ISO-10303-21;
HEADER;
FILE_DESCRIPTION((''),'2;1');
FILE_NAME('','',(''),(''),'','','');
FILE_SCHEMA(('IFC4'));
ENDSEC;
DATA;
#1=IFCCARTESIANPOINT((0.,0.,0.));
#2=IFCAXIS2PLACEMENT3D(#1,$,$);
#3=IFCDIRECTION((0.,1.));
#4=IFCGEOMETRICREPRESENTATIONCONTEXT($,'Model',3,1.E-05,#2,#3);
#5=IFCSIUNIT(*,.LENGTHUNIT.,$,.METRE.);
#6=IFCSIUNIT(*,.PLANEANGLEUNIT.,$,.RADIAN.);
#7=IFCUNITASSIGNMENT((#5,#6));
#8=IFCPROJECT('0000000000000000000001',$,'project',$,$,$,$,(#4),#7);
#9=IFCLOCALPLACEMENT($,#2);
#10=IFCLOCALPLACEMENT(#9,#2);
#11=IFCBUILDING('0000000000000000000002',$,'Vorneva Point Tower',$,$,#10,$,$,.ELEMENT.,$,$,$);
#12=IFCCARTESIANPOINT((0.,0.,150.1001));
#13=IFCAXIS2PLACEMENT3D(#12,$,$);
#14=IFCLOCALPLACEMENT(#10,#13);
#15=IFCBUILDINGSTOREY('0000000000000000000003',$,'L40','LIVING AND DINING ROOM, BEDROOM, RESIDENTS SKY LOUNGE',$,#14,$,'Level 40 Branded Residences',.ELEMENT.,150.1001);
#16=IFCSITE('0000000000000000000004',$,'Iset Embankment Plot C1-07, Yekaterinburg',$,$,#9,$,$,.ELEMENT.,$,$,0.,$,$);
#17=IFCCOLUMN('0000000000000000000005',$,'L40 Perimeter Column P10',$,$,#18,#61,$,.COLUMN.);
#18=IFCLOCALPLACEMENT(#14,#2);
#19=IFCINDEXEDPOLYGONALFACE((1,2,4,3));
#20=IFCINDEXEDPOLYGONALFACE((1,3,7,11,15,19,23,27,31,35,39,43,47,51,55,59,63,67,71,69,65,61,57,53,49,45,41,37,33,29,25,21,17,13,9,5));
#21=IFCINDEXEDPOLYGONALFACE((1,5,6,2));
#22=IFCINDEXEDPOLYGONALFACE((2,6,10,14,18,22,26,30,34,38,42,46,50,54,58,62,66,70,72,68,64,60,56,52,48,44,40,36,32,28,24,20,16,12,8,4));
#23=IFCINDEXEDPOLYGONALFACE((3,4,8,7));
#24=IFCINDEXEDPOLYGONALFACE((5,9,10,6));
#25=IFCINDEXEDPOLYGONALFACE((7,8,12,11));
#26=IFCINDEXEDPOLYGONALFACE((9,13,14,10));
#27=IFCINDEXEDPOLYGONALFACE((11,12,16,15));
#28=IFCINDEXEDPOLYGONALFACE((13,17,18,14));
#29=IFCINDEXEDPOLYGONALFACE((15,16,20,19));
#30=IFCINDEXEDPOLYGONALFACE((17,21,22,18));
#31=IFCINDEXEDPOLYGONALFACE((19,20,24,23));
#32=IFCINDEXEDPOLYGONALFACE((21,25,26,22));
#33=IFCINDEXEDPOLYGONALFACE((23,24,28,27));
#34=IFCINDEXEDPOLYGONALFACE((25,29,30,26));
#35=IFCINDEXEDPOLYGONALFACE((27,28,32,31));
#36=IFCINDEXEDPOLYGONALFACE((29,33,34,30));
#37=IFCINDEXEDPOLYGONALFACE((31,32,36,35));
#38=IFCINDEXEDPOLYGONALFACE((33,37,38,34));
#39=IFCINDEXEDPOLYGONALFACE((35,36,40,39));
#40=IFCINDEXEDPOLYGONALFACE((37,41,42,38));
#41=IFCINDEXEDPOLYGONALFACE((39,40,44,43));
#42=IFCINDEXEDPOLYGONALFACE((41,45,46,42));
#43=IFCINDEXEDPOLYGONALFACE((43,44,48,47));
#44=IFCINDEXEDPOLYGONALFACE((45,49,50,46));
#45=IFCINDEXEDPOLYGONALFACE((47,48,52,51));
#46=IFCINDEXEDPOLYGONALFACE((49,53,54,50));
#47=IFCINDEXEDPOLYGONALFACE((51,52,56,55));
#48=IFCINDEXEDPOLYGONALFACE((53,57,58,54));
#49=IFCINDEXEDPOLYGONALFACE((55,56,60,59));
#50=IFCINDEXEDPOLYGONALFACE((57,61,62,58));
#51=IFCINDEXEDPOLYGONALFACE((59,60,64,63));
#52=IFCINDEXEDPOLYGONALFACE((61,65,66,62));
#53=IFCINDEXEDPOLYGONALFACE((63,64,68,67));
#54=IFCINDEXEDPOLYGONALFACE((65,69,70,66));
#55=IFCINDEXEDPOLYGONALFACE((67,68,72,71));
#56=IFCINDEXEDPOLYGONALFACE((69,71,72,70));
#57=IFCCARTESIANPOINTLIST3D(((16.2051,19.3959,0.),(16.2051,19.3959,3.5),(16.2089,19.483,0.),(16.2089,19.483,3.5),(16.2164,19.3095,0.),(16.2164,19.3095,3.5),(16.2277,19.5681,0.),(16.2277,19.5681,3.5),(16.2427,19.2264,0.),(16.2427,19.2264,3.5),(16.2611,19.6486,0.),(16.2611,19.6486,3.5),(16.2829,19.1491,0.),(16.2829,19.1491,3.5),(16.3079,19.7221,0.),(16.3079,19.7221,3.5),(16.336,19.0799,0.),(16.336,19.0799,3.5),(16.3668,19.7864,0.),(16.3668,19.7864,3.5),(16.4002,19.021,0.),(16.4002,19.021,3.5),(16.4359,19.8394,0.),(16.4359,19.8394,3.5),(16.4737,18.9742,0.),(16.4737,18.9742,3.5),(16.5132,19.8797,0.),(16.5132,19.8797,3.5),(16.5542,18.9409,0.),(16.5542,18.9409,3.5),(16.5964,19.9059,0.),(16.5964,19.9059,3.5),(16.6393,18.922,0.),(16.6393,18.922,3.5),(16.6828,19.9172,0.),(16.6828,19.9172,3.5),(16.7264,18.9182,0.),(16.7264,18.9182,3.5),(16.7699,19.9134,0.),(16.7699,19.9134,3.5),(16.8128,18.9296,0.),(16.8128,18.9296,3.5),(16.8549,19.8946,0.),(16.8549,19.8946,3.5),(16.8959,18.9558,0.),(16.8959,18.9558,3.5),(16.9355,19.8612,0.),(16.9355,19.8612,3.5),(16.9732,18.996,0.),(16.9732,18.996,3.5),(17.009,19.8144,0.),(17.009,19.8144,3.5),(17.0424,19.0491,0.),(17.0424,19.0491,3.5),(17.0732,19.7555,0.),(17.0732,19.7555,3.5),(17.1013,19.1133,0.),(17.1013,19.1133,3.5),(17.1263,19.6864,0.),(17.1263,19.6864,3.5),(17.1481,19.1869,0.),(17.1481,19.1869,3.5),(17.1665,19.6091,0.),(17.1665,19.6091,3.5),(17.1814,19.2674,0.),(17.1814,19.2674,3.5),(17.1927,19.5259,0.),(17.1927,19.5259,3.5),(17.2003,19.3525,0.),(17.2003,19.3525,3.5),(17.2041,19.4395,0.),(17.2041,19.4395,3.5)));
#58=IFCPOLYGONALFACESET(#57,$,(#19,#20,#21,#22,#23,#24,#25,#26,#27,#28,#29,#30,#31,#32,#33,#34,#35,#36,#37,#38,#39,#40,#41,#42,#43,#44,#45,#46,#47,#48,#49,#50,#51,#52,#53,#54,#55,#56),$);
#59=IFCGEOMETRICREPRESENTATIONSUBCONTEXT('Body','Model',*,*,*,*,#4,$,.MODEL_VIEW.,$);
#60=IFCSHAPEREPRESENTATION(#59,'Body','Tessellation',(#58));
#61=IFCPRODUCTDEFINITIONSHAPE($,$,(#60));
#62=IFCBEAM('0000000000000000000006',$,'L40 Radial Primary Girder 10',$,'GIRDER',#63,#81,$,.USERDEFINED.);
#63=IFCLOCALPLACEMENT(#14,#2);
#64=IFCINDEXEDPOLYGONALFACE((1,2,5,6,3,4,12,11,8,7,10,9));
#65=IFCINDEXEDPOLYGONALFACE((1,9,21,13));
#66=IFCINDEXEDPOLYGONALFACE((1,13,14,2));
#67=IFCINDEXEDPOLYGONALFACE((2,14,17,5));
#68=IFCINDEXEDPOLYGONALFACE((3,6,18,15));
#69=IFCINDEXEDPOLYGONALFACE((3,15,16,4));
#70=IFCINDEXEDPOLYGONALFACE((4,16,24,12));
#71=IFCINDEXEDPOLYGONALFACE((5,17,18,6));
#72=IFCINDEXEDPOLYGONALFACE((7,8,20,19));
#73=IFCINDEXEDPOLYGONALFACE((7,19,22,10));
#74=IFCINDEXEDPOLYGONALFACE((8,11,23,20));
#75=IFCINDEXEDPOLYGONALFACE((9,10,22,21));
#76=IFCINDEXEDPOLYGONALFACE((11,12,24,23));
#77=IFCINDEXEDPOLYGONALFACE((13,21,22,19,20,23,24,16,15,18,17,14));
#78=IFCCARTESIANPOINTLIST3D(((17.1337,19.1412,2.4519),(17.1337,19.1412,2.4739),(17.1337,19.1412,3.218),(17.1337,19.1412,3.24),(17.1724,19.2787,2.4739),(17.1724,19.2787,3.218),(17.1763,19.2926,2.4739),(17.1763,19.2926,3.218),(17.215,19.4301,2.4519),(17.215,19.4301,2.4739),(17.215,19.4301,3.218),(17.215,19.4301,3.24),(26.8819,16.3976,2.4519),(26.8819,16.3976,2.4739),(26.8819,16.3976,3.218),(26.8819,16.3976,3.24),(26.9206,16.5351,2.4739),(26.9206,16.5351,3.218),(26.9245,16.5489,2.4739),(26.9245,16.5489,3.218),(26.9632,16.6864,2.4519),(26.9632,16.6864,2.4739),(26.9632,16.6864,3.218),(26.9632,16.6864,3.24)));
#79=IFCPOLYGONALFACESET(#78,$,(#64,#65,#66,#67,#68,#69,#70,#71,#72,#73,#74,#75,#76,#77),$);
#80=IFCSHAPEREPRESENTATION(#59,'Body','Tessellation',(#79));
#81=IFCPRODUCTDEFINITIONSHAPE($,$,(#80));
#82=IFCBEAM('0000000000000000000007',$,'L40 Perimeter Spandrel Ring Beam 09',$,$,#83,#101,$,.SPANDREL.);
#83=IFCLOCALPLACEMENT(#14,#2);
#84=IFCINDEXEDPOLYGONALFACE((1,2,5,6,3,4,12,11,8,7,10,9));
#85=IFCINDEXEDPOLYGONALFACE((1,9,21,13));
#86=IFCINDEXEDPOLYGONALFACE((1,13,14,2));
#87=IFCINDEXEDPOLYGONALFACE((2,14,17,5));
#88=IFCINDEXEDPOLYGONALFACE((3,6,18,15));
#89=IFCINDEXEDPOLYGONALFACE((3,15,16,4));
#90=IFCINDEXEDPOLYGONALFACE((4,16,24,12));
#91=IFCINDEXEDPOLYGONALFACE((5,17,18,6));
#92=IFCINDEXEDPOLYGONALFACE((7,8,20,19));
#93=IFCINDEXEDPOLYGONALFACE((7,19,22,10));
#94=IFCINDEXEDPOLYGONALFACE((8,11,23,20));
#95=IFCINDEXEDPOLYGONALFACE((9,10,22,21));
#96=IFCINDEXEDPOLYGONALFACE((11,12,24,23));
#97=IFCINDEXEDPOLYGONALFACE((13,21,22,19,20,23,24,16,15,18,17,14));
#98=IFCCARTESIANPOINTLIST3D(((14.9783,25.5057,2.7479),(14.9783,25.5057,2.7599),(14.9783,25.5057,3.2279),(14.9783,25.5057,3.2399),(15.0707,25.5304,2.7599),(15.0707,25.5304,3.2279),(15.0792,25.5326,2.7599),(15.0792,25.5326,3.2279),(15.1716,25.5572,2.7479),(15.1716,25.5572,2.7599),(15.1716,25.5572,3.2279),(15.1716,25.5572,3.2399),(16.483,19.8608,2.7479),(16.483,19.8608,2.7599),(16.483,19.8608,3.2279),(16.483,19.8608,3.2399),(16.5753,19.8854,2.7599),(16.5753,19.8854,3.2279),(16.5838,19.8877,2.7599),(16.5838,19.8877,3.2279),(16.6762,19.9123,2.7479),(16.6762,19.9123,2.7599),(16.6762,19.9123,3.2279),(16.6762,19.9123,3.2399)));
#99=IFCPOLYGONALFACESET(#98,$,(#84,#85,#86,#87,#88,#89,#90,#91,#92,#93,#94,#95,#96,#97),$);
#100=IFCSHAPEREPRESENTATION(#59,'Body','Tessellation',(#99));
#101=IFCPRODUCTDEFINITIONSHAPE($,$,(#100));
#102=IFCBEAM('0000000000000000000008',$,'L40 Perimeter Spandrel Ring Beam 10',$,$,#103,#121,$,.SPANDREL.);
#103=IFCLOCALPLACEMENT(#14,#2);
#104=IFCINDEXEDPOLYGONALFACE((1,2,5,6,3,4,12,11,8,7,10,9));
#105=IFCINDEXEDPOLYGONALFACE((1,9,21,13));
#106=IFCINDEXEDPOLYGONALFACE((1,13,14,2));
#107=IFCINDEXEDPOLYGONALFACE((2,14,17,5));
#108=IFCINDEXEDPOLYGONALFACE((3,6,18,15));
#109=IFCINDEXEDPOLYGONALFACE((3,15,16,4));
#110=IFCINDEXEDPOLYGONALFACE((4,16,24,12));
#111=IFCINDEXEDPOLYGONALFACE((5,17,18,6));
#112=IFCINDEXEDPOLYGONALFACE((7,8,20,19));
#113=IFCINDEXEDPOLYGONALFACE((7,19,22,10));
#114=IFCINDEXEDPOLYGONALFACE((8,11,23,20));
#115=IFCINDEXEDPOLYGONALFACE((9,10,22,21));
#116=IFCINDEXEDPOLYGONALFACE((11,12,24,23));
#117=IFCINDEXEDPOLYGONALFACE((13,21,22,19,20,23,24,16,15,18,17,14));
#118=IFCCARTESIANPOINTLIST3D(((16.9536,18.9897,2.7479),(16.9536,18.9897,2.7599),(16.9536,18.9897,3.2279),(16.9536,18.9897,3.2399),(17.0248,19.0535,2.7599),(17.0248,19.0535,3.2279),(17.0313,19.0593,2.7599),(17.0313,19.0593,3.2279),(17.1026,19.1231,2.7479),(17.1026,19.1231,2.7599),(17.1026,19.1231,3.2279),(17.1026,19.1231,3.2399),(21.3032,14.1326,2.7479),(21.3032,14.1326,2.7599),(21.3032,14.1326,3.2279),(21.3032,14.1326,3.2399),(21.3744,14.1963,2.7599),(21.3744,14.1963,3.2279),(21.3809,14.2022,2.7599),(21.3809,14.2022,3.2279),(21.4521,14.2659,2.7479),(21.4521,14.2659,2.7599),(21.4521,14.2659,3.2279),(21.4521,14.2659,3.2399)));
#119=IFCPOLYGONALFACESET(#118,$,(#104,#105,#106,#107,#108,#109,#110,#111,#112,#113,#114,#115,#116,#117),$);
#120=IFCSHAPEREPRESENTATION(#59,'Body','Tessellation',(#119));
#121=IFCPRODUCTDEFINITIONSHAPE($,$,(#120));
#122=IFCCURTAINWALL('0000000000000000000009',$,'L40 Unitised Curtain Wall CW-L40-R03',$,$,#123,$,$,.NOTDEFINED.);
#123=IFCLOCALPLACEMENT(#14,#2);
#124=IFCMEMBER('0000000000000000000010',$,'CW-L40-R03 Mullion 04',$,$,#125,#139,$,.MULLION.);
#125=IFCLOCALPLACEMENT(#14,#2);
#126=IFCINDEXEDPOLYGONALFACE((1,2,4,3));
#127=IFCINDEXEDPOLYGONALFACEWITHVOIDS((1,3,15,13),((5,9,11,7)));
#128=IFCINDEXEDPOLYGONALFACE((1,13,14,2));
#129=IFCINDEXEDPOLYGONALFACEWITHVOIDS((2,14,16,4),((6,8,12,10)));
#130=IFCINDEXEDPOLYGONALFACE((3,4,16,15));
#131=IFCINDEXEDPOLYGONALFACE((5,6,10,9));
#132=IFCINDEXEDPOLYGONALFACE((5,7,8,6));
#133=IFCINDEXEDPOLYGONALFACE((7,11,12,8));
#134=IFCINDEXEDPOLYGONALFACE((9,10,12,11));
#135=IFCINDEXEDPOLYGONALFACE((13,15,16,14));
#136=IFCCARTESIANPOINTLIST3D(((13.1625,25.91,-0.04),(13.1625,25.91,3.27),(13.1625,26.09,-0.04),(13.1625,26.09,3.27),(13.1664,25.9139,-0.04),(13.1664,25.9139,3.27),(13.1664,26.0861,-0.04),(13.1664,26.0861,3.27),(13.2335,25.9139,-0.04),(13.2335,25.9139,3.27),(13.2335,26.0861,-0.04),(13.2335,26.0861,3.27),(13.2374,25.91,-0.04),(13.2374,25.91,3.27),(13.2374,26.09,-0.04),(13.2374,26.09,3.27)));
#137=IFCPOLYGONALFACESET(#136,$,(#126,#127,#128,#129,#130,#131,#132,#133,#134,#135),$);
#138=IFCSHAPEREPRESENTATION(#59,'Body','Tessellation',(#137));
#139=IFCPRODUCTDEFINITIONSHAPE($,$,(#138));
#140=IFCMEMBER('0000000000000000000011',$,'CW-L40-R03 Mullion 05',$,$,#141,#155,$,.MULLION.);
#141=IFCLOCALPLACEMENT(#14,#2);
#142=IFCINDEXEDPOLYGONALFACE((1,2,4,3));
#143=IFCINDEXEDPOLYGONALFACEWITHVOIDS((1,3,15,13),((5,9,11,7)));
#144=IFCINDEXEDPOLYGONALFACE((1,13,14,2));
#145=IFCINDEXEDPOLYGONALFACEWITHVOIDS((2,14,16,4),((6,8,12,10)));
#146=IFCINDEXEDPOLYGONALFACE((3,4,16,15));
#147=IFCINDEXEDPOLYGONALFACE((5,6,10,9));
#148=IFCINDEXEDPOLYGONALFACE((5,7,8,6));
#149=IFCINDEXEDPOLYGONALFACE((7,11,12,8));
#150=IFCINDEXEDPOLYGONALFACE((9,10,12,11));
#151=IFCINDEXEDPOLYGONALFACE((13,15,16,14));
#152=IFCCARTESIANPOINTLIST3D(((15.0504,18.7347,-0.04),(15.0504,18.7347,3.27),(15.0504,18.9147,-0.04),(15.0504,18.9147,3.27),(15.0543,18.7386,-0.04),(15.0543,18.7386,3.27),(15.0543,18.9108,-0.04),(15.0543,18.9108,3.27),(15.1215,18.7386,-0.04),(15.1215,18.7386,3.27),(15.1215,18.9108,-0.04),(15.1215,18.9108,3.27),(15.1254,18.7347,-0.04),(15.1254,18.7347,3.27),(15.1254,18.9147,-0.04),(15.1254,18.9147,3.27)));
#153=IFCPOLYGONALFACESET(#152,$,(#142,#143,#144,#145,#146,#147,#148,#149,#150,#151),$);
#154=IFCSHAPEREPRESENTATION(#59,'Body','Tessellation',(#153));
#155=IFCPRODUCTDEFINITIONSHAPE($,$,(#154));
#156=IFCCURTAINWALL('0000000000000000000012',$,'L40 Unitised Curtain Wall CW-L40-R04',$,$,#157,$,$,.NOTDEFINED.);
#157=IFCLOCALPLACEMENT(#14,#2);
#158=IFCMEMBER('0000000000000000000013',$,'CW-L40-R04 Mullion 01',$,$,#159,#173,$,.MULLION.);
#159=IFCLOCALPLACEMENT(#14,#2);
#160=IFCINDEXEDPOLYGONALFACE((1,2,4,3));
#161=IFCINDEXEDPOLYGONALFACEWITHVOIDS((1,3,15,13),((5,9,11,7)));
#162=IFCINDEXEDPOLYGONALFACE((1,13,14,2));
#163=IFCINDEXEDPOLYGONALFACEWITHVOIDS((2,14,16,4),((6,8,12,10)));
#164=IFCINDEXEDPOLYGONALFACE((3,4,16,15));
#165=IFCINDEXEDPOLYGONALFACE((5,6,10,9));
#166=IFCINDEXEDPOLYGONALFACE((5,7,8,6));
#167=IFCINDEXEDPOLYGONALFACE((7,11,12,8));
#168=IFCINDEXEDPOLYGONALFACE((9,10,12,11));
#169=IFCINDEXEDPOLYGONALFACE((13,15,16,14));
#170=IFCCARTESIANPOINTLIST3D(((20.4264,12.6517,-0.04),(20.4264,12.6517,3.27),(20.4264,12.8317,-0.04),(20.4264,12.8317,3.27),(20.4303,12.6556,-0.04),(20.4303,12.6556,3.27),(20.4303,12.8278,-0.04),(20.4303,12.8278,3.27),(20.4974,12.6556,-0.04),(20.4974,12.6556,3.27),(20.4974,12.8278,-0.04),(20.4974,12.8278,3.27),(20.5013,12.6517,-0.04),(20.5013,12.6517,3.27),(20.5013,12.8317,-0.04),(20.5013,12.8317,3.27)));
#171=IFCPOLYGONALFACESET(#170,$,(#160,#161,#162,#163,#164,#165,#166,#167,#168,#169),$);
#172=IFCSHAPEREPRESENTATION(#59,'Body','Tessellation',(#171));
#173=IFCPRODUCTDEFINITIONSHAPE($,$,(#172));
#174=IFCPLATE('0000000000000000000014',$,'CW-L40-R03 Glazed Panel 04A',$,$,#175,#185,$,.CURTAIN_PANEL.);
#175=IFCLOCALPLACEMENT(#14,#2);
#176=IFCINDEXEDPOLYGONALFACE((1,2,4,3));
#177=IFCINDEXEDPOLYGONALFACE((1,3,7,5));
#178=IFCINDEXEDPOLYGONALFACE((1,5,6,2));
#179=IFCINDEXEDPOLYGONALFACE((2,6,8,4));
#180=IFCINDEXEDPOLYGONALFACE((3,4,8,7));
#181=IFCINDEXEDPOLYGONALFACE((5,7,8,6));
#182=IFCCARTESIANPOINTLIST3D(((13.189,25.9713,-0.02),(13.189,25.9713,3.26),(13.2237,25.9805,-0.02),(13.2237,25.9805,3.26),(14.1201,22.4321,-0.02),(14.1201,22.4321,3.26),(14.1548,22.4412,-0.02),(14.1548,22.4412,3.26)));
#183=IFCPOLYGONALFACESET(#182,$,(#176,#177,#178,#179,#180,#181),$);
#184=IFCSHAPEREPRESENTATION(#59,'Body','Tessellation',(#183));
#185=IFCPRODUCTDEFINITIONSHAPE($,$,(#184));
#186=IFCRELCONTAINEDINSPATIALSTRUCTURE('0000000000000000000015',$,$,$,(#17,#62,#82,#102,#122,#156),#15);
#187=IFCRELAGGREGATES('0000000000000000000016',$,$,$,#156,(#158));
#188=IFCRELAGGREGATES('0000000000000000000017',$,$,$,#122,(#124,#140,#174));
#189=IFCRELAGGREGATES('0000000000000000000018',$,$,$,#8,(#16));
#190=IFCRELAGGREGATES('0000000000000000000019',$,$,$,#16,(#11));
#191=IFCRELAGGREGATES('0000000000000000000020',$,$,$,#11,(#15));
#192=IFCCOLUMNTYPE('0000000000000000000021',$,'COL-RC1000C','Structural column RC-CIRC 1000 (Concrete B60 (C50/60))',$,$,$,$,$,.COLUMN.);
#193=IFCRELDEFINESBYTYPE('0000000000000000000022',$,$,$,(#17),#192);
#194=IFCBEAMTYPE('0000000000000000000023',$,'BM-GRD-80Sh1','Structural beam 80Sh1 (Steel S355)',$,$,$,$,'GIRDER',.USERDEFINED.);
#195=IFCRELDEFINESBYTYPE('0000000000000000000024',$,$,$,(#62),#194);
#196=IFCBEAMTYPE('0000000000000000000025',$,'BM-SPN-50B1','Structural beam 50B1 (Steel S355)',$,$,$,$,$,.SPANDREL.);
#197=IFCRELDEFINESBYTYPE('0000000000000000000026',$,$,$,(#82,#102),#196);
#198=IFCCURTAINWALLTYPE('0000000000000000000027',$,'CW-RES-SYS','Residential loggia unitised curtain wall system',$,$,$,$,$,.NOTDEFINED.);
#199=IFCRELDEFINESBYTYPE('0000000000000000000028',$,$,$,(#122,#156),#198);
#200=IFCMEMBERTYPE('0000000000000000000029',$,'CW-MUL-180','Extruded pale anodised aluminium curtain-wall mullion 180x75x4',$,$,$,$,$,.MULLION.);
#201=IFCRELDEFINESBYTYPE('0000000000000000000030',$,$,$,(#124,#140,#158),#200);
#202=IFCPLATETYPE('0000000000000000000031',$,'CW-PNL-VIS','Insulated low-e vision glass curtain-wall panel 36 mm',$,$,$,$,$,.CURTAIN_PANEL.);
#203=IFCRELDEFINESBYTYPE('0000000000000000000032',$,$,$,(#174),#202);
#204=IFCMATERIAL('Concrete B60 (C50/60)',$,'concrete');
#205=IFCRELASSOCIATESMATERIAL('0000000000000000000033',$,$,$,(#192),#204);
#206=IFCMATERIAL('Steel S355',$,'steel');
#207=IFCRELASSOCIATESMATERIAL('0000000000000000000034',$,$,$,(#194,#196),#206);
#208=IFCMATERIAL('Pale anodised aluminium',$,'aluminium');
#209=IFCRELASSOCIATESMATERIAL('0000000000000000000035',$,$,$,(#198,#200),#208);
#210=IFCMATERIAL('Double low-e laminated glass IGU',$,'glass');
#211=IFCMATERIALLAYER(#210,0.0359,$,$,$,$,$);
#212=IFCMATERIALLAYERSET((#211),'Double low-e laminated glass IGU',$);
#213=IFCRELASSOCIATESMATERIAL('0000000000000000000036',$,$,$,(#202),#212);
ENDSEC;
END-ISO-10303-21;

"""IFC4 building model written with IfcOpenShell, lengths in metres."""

from ifc_helpers import new_model, si_unit, direction, frame, origin, origin_2d, place, context, subcontext, project, spatial, rectangle, hollow_rectangle, circle, i_section, extrude, material, layer, layer_set, material_profile, profile_set, type_object, element, aggregate, save


model = new_model("IFC4")

# Units and contexts
model_context = context("Model", 3, precision=1e-05, world=origin(), true_north=direction((0.0, 1.0)))
body_context = subcontext(model_context, "Body", "Model", "MODEL_VIEW")
ifc_project = project(units=[si_unit("LENGTHUNIT", "METRE"), si_unit("PLANEANGLEUNIT", "RADIAN")], contexts=[model_context])

# Site, building, storey
site_placement = place(None, origin())
site = spatial("IfcSite", under=ifc_project, at=site_placement, Name="Iset Embankment Plot C1-07, Yekaterinburg", CompositionType="ELEMENT", RefElevation=0.0)
building_placement = place(site_placement, origin())
building = spatial("IfcBuilding", under=site, at=building_placement, Name="Vorneva Point Tower", CompositionType="ELEMENT")
storey_placement = place(building_placement, frame((0.0, 0.0, 150.1001)))
storey = spatial("IfcBuildingStorey", under=building, at=storey_placement, Name="L40", Description="LIVING AND DINING ROOM, BEDROOM, RESIDENTS SKY LOUNGE", LongName="Level 40 Branded Residences", CompositionType="ELEMENT", Elevation=150.1001)

# Column
ifc_material_1 = material(Name="Concrete B60 (C50/60)", Category="concrete")
ifc_material_profile_1 = material_profile(ifc_material_1, circle(Radius=0.5, at=origin_2d()), Name="RC-CIRC 1000")
ifc_profile_set_1 = profile_set([ifc_material_profile_1], Name="Concrete B60 (C50/60)")
column_type = type_object("IfcColumnType", Name="COL-RC1000C", Description="Structural column RC-CIRC 1000 (Concrete B60 (C50/60))", PredefinedType="COLUMN", material=ifc_profile_set_1)
column_placement = place(storey_placement, frame((16.7046, 19.4177, 0.0), z_axis=(0.0, 0.0, 1.0), x_axis=(-0.92388, -0.382683, 0.0)))
element("IfcColumn", 1, at=column_placement, inside=storey, type_object=column_type, Name="L40 Perimeter Column P10", PredefinedType="COLUMN", context=body_context, shape_type="SweptSolid", body=[
    extrude(circle(Radius=0.5, at=origin_2d()), origin(), (0.0, 0.0, 1.0), 3.5),
])

# Beams
ifc_material_2 = material(Name="Steel S355", Category="steel")
ifc_material_profile_2 = material_profile(ifc_material_2, i_section(OverallWidth=0.3, OverallDepth=0.7881, WebThickness=0.0144, FlangeThickness=0.022, at=origin_2d()), Name="80Sh1")
ifc_profile_set_2 = profile_set([ifc_material_profile_2], Name="Steel S355")
beam_type_1 = type_object("IfcBeamType", Name="BM-GRD-80Sh1", Description="Structural beam 80Sh1 (Steel S355)", ElementType="GIRDER", PredefinedType="USERDEFINED", material=ifc_profile_set_2)
beam_1_placement = place(storey_placement, frame((17.1743, 19.2856, 2.8459), z_axis=(0.962601, -0.270924, 0.0), x_axis=(0.270924, 0.962601, 0.0)))
element("IfcBeam", 2, at=beam_1_placement, inside=storey, type_object=beam_type_1, Name="L40 Radial Primary Girder 10", ObjectType="GIRDER", PredefinedType="USERDEFINED", context=body_context, shape_type="SweptSolid", body=[
    extrude(i_section(OverallWidth=0.3, OverallDepth=0.7881, WebThickness=0.0144, FlangeThickness=0.022, at=origin_2d()), origin(), (0.0, 0.0, 1.0), 10.127),
])
ifc_material_profile_3 = material_profile(ifc_material_2, i_section(OverallWidth=0.2, OverallDepth=0.4919, WebThickness=0.0088, FlangeThickness=0.012, at=origin_2d()), Name="50B1")
ifc_profile_set_3 = profile_set([ifc_material_profile_3], Name="Steel S355")
beam_type_2 = type_object("IfcBeamType", Name="BM-SPN-50B1", Description="Structural beam 50B1 (Steel S355)", PredefinedType="SPANDREL", material=ifc_profile_set_3)
beam_2_placement = place(storey_placement, frame((15.075, 25.5315, 2.9939), z_axis=(0.257551, -0.966265, 0.0), x_axis=(0.966265, 0.257551, 0.0)))
element("IfcBeam", 3, at=beam_2_placement, inside=storey, type_object=beam_type_2, Name="L40 Perimeter Spandrel Ring Beam 09", PredefinedType="SPANDREL", context=body_context, shape_type="SweptSolid", body=[
    extrude(i_section(OverallWidth=0.2, OverallDepth=0.4919, WebThickness=0.0088, FlangeThickness=0.012, at=origin_2d()), origin(), (0.0, 0.0, 1.0), 5.842),
])
beam_3_placement = place(storey_placement, frame((17.0281, 19.0564, 2.9939), z_axis=(0.667111, -0.744958, 0.0), x_axis=(0.744958, 0.667111, 0.0)))
element("IfcBeam", 4, at=beam_3_placement, inside=storey, type_object=beam_type_2, Name="L40 Perimeter Spandrel Ring Beam 10", PredefinedType="SPANDREL", context=body_context, shape_type="SweptSolid", body=[
    extrude(i_section(OverallWidth=0.2, OverallDepth=0.4919, WebThickness=0.0088, FlangeThickness=0.012, at=origin_2d()), origin(), (0.0, 0.0, 1.0), 6.52),
])

# Curtain wall, members
ifc_material_3 = material(Name="Pale anodised aluminium", Category="aluminium")
curtain_wall_type = type_object("IfcCurtainWallType", Name="CW-RES-SYS", Description="Residential loggia unitised curtain wall system", PredefinedType="NOTDEFINED", material=ifc_material_3)
curtain_wall_1_placement = place(storey_placement, origin())
curtain_wall_1 = element("IfcCurtainWall", 5, at=curtain_wall_1_placement, inside=storey, type_object=curtain_wall_type, Name="L40 Unitised Curtain Wall CW-L40-R03", PredefinedType="NOTDEFINED")
ifc_material_profile_4 = material_profile(ifc_material_3, hollow_rectangle(XDim=0.075, YDim=0.1799, WallThickness=0.0039, at=origin_2d()), Name="AL-MUL 180x75x4")
ifc_profile_set_4 = profile_set([ifc_material_profile_4], Name="Pale anodised aluminium")
member_type = type_object("IfcMemberType", Name="CW-MUL-180", Description="Extruded pale anodised aluminium curtain-wall mullion 180x75x4", PredefinedType="MULLION", material=ifc_profile_set_4)
member_1_placement = place(storey_placement, frame((13.2, 26.0, -0.04), z_axis=(0.0, 0.0, 1.0), x_axis=(1.0, 0.0, 0.0)))
member_1 = element("IfcMember", 6, at=member_1_placement, type_object=member_type, Name="CW-L40-R03 Mullion 04", PredefinedType="MULLION", context=body_context, shape_type="SweptSolid", body=[
    extrude(hollow_rectangle(XDim=0.075, YDim=0.1799, WallThickness=0.0039, at=origin_2d()), origin(), (0.0, 0.0, 1.0), 3.3101),
])
member_2_placement = place(storey_placement, frame((15.0879, 18.8247, -0.04), z_axis=(0.0, 0.0, 1.0), x_axis=(1.0, 0.0, 0.0)))
member_2 = element("IfcMember", 7, at=member_2_placement, type_object=member_type, Name="CW-L40-R03 Mullion 05", PredefinedType="MULLION", context=body_context, shape_type="SweptSolid", body=[
    extrude(hollow_rectangle(XDim=0.075, YDim=0.1799, WallThickness=0.0039, at=origin_2d()), origin(), (0.0, 0.0, 1.0), 3.3101),
])

# Curtain wall, member
curtain_wall_2_placement = place(storey_placement, origin())
curtain_wall_2 = element("IfcCurtainWall", 8, at=curtain_wall_2_placement, inside=storey, type_object=curtain_wall_type, Name="L40 Unitised Curtain Wall CW-L40-R04", PredefinedType="NOTDEFINED")
member_3_placement = place(storey_placement, frame((20.4639, 12.7417, -0.04), z_axis=(0.0, 0.0, 1.0), x_axis=(1.0, 0.0, 0.0)))
member_3 = element("IfcMember", 9, at=member_3_placement, type_object=member_type, Name="CW-L40-R04 Mullion 01", PredefinedType="MULLION", context=body_context, shape_type="SweptSolid", body=[
    extrude(hollow_rectangle(XDim=0.075, YDim=0.1799, WallThickness=0.0039, at=origin_2d()), origin(), (0.0, 0.0, 1.0), 3.3101),
])
aggregate(curtain_wall_2, [member_3])

# Plate
ifc_material_4 = material(Name="Double low-e laminated glass IGU", Category="glass")
ifc_layer_1 = layer(ifc_material_4, 0.0359)
ifc_layer_set_1 = layer_set([ifc_layer_1], Name="Double low-e laminated glass IGU")
plate_type = type_object("IfcPlateType", Name="CW-PNL-VIS", Description="Insulated low-e vision glass curtain-wall panel 36 mm", PredefinedType="CURTAIN_PANEL", material=ifc_layer_set_1)
plate_1_placement = place(storey_placement, frame((13.6719, 24.2063, -0.02), z_axis=(0.0, 0.0, 1.0), x_axis=(0.254433, -0.96709, 0.0)))
plate_1 = element("IfcPlate", 10, at=plate_1_placement, type_object=plate_type, Name="CW-L40-R03 Glazed Panel 04A", PredefinedType="CURTAIN_PANEL", context=body_context, shape_type="SweptSolid", body=[
    extrude(rectangle(XDim=3.6597, YDim=0.0359, at=origin_2d()), origin(), (0.0, 0.0, 1.0), 3.28),
])
aggregate(curtain_wall_1, [member_1, member_2, plate_1])

save(model, "model.ifc")
